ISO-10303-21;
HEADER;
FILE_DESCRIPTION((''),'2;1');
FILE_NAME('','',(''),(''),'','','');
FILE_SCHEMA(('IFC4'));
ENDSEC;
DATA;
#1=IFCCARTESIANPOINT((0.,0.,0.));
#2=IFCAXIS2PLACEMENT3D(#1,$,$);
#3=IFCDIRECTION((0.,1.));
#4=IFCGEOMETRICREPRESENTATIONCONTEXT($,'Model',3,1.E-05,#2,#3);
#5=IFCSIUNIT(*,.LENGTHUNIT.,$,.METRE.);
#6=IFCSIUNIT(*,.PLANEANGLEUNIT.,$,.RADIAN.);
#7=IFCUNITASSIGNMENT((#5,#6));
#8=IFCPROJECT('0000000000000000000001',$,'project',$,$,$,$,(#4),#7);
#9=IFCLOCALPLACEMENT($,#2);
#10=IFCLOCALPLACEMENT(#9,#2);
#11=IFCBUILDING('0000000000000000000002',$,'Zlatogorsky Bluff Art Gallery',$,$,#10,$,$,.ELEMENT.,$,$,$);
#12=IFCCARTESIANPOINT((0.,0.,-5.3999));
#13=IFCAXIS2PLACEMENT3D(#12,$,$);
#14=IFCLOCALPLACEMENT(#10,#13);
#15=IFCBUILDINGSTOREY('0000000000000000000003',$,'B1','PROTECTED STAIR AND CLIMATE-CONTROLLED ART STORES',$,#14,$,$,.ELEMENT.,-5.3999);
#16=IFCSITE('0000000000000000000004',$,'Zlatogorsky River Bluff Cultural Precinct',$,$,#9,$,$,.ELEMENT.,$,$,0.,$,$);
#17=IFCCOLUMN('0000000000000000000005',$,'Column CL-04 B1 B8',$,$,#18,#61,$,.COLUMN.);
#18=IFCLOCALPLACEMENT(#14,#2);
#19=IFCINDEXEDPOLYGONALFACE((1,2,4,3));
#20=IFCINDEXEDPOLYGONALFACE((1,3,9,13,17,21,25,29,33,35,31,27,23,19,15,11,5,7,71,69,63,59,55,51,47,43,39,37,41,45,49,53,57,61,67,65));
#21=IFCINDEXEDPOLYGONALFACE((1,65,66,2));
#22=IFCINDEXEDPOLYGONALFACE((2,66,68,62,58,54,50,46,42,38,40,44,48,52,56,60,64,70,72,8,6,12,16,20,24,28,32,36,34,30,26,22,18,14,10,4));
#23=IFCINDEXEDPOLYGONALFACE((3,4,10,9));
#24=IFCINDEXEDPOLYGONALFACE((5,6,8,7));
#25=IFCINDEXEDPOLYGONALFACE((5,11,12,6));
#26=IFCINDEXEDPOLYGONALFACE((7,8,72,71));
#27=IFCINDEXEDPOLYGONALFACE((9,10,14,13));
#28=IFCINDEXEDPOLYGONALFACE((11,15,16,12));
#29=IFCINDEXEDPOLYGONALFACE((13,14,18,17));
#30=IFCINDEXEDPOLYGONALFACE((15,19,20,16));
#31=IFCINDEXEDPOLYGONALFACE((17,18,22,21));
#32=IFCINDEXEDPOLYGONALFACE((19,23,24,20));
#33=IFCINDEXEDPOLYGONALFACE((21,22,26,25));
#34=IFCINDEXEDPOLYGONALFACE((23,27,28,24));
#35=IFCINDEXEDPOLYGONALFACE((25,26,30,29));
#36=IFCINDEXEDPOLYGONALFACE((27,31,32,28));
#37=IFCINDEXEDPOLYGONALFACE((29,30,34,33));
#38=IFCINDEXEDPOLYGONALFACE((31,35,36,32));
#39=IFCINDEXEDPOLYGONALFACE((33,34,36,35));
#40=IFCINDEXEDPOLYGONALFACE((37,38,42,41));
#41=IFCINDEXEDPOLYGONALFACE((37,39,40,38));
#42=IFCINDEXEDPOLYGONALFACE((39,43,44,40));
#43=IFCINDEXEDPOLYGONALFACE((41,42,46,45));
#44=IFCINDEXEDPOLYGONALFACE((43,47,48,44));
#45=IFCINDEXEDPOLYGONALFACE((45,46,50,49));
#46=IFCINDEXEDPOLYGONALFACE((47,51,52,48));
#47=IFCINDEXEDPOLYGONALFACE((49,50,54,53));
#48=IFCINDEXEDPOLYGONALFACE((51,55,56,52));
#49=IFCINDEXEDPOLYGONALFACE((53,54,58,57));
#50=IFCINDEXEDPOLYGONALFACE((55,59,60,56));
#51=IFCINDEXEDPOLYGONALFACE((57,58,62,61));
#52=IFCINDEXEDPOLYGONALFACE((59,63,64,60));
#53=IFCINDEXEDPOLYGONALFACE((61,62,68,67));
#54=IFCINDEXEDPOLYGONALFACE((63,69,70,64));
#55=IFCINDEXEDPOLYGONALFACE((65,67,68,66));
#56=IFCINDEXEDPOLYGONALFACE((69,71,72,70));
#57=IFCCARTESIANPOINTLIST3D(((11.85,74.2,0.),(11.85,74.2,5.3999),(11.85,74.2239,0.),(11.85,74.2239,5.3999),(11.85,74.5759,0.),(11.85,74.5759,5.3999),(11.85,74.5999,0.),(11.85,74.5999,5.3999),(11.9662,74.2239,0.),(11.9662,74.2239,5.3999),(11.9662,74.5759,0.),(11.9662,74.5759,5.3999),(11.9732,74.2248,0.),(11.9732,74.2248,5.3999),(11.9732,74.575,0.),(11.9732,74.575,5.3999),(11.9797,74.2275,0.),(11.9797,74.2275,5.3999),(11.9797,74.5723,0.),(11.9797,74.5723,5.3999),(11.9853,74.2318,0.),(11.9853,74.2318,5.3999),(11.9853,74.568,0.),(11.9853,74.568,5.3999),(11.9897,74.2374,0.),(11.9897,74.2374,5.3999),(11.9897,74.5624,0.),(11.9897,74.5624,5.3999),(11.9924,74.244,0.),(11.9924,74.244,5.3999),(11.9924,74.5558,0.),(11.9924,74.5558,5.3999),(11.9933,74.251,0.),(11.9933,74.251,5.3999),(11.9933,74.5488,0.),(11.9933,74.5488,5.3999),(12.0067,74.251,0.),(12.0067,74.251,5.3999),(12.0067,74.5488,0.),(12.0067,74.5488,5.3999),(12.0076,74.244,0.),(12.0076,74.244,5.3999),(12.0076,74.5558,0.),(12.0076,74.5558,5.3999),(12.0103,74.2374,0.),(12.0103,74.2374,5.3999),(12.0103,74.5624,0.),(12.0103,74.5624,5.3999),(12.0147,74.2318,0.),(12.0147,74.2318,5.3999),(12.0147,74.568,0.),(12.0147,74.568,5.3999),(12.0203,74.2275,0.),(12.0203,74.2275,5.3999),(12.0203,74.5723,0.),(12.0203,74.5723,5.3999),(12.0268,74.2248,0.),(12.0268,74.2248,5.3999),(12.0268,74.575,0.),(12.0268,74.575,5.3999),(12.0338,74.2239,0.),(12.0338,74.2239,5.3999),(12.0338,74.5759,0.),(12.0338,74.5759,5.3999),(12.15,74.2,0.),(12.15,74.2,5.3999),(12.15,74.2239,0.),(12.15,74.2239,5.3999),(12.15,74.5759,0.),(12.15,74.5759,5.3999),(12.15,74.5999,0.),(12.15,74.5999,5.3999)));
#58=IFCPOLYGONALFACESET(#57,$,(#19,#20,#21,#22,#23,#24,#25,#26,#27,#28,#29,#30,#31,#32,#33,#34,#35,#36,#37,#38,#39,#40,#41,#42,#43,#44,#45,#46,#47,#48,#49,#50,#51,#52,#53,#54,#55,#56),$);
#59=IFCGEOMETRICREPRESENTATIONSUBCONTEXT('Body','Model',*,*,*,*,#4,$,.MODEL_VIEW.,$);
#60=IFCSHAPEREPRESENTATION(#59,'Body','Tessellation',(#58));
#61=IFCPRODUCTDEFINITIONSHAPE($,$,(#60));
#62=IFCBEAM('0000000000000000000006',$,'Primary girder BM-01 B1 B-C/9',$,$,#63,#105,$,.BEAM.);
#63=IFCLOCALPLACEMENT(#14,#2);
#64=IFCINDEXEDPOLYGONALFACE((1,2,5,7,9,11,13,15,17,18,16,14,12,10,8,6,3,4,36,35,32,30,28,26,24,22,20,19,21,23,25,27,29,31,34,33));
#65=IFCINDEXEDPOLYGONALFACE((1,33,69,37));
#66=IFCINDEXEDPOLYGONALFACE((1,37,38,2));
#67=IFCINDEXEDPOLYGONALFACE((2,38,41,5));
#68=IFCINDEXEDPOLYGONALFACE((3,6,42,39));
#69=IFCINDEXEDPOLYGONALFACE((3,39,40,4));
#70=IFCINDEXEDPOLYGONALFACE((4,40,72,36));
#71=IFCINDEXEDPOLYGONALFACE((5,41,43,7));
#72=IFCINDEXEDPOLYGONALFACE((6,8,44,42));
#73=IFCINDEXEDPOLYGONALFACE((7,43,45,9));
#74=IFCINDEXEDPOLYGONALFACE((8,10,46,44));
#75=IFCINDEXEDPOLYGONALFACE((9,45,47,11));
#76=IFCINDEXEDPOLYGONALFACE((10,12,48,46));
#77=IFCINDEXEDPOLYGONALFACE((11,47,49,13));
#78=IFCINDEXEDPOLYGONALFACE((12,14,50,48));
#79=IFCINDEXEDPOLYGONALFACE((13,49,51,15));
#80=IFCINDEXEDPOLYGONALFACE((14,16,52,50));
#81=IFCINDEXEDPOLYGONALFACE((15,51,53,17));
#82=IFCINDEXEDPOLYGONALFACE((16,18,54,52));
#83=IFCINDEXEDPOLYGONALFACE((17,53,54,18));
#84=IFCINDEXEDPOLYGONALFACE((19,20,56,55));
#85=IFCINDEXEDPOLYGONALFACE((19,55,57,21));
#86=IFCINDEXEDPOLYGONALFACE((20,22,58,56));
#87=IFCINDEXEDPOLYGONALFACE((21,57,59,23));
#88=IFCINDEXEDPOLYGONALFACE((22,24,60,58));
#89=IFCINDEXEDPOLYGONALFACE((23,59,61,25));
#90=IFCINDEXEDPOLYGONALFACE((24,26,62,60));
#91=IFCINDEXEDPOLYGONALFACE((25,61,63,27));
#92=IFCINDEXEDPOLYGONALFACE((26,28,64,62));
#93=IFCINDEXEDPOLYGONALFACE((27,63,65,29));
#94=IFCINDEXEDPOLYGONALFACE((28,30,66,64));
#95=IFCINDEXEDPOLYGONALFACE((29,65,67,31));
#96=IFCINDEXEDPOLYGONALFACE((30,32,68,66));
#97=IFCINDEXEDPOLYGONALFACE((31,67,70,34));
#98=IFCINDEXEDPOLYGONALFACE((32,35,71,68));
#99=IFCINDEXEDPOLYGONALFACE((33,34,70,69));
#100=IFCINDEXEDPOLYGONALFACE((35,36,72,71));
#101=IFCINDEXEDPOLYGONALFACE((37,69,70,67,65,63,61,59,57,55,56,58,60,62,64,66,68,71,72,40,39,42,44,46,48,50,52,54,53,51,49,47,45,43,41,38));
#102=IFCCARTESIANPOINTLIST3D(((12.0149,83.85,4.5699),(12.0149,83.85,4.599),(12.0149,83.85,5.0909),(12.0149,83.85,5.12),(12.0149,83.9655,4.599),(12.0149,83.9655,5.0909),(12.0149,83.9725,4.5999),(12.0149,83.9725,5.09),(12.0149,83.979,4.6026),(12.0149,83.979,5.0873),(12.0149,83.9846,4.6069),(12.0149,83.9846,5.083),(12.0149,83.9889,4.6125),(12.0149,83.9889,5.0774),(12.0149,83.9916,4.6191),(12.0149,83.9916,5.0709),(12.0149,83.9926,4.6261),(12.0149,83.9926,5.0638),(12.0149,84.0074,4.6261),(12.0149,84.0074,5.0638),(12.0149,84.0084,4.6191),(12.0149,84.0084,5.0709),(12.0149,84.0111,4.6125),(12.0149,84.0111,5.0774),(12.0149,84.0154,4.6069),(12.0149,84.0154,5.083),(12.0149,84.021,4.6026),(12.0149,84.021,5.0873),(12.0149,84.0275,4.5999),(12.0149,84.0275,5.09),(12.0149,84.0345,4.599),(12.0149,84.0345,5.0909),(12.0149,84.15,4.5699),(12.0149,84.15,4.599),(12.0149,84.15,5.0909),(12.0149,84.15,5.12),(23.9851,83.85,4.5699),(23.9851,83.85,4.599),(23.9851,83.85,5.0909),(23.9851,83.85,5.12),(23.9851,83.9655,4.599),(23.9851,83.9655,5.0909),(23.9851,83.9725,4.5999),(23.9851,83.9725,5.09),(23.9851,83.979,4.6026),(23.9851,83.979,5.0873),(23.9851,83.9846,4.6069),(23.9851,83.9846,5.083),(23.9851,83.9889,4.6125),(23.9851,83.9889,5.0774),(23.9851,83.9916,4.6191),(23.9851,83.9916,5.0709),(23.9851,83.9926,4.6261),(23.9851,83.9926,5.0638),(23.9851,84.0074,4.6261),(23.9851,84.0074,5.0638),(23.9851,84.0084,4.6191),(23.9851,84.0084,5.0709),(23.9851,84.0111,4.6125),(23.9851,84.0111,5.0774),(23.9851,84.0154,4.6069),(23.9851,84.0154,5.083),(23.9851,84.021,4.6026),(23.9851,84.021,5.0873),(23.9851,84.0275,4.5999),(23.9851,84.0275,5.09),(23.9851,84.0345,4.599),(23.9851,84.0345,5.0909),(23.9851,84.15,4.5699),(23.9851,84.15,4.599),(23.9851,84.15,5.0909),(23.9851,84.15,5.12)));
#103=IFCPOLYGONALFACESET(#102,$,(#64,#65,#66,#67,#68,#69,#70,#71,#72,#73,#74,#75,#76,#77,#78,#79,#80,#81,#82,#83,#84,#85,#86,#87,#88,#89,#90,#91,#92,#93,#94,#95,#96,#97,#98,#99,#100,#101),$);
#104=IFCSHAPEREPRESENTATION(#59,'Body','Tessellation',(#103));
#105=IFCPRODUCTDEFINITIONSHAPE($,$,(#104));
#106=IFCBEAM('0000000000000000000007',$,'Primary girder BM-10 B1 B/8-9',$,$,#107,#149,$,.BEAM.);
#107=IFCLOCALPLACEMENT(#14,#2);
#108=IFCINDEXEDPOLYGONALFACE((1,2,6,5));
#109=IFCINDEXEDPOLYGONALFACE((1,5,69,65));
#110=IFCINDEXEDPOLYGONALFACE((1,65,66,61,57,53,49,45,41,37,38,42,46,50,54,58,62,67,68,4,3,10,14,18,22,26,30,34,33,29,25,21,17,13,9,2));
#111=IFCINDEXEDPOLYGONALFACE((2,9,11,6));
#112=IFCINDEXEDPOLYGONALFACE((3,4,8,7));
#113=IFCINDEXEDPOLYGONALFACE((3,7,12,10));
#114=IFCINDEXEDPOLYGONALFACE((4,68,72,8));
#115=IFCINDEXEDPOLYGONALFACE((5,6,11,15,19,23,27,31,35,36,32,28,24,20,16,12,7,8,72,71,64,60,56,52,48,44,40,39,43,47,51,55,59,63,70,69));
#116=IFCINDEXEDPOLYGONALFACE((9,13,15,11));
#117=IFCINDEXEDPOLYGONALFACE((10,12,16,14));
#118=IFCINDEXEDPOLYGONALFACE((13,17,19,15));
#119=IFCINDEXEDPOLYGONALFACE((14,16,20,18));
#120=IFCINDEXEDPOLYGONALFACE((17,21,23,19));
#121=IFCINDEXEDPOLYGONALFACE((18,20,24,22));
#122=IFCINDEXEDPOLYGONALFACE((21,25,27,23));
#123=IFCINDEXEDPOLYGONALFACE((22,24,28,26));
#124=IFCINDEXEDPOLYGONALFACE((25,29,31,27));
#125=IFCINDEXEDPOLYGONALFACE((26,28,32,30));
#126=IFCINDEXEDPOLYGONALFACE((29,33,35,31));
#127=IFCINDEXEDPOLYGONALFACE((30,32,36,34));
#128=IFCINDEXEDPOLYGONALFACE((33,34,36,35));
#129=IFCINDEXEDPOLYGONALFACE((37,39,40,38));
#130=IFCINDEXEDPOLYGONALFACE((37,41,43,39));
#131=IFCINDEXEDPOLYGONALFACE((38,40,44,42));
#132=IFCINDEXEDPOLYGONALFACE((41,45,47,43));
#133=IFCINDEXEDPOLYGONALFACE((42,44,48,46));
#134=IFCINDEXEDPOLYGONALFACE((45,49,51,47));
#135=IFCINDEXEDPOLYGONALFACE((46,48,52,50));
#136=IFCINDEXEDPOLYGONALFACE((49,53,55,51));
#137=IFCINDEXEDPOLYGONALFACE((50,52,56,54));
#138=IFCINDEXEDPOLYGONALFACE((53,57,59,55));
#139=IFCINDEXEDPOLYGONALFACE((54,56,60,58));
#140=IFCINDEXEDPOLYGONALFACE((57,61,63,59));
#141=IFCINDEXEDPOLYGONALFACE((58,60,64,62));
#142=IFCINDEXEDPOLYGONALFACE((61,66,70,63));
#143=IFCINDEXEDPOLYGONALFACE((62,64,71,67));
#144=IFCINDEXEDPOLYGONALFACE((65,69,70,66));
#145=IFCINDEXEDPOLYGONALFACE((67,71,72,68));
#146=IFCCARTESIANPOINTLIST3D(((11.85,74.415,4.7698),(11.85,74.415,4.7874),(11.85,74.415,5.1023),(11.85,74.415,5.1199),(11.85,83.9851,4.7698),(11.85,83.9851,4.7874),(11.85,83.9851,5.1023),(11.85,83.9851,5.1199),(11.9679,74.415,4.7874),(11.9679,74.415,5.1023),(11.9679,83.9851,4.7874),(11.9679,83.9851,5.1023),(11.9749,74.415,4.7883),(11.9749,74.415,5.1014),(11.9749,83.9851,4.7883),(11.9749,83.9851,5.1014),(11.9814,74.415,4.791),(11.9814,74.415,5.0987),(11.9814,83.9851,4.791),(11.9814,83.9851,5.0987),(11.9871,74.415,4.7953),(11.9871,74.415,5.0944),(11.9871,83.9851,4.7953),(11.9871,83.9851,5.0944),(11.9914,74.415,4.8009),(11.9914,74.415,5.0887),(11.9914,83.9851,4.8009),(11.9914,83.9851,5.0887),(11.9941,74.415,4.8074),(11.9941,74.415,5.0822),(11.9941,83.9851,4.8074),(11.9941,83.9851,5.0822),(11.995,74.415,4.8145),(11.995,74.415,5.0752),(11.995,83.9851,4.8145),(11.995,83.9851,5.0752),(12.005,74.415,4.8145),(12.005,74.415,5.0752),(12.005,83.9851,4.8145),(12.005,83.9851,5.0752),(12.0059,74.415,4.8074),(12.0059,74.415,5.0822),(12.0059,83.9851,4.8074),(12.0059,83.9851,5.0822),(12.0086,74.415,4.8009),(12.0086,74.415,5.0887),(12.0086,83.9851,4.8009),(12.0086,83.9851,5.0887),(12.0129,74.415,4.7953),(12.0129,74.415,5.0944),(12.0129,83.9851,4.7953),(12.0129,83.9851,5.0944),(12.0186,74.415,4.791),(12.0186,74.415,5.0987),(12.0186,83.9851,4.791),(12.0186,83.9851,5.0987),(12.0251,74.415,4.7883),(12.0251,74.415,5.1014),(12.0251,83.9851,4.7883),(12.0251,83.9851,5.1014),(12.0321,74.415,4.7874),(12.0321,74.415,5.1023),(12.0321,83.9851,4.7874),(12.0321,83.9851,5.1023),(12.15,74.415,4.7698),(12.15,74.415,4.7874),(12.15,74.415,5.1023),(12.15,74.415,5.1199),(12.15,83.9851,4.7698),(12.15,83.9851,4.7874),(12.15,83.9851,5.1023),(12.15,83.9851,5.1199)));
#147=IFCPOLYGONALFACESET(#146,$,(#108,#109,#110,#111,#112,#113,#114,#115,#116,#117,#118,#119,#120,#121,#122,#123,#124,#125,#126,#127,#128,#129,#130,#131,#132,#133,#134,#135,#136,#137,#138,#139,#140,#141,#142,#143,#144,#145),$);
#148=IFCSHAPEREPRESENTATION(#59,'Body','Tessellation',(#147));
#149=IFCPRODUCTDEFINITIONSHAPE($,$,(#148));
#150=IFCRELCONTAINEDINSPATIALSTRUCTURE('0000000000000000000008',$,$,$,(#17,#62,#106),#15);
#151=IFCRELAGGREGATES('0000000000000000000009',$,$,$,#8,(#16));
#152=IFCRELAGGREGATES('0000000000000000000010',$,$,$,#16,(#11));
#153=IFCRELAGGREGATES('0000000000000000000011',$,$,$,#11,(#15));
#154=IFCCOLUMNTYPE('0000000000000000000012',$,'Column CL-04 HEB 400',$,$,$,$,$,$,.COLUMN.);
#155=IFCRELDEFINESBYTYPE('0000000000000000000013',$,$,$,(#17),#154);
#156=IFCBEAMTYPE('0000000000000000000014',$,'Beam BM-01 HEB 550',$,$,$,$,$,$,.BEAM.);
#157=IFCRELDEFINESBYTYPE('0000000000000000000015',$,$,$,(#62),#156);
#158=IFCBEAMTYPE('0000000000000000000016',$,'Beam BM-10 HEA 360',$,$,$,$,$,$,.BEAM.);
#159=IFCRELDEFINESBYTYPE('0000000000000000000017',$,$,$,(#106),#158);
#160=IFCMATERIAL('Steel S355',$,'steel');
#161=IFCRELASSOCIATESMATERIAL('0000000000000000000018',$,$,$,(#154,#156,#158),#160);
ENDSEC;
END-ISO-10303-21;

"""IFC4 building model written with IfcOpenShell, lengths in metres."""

from ifc_helpers import new_model, si_unit, direction, frame, origin, origin_2d, place, context, subcontext, project, spatial, i_section, extrude, material, material_profile, profile_set, type_object, element, save


model = new_model("IFC4")

# Units and contexts
model_context = context("Model", 3, precision=1e-05, world=origin(), true_north=direction((0.0, 1.0)))
body_context = subcontext(model_context, "Body", "Model", "MODEL_VIEW")
ifc_project = project(units=[si_unit("LENGTHUNIT", "METRE"), si_unit("PLANEANGLEUNIT", "RADIAN")], contexts=[model_context])

# Site, building, storey
site_placement = place(None, origin())
site = spatial("IfcSite", under=ifc_project, at=site_placement, Name="Zlatogorsky River Bluff Cultural Precinct", CompositionType="ELEMENT", RefElevation=0.0)
building_placement = place(site_placement, origin())
building = spatial("IfcBuilding", under=site, at=building_placement, Name="Zlatogorsky Bluff Art Gallery", CompositionType="ELEMENT")
storey_placement = place(building_placement, frame((0.0, 0.0, -5.3999)))
storey = spatial("IfcBuildingStorey", under=building, at=storey_placement, Name="B1", Description="PROTECTED STAIR AND CLIMATE-CONTROLLED ART STORES", CompositionType="ELEMENT", Elevation=-5.3999)

# Column
ifc_material_1 = material(Name="Steel S355", Category="steel")
ifc_material_profile_1 = material_profile(ifc_material_1, i_section(OverallWidth=0.3, OverallDepth=0.3999, WebThickness=0.0134, FlangeThickness=0.0239, FilletRadius=0.0271, at=origin_2d()), Name="HEB 400")
ifc_profile_set_1 = profile_set([ifc_material_profile_1], Name="Steel S355")
column_type_1 = type_object("IfcColumnType", Name="Column CL-04 HEB 400", PredefinedType="COLUMN", material=ifc_profile_set_1)
column_1_placement = place(storey_placement, frame((12.0, 74.3999, 0.0), z_axis=(0.0, 0.0, 1.0), x_axis=(1.0, 0.0, 0.0)))
element("IfcColumn", 1, at=column_1_placement, inside=storey, type_object=column_type_1, Name="Column CL-04 B1 B8", PredefinedType="COLUMN", context=body_context, shape_type="SweptSolid", body=[
    extrude(i_section(OverallWidth=0.3, OverallDepth=0.3999, WebThickness=0.0134, FlangeThickness=0.0239, FilletRadius=0.0271, at=origin_2d()), origin(), (0.0, 0.0, 1.0), 5.3999),
])

# Beams
ifc_material_profile_2 = material_profile(ifc_material_1, i_section(OverallWidth=0.3, OverallDepth=0.55, WebThickness=0.0149, FlangeThickness=0.0291, FilletRadius=0.0271, at=origin_2d()), Name="HEB 550")
ifc_profile_set_2 = profile_set([ifc_material_profile_2], Name="Steel S355")
beam_type_1 = type_object("IfcBeamType", Name="Beam BM-01 HEB 550", PredefinedType="BEAM", material=ifc_profile_set_2)
beam_1_placement = place(storey_placement, frame((12.0149, 84.0, 4.845), z_axis=(1.0, 0.0, 0.0), x_axis=(0.0, 1.0, 0.0)))
element("IfcBeam", 2, at=beam_1_placement, inside=storey, type_object=beam_type_1, Name="Primary girder BM-01 B1 B-C/9", PredefinedType="BEAM", context=body_context, shape_type="SweptSolid", body=[
    extrude(i_section(OverallWidth=0.3, OverallDepth=0.55, WebThickness=0.0149, FlangeThickness=0.0291, FilletRadius=0.0271, at=origin_2d()), origin(), (0.0, 0.0, 1.0), 11.9702),
])
ifc_material_profile_3 = material_profile(ifc_material_1, i_section(OverallWidth=0.3, OverallDepth=0.3501, WebThickness=0.01, FlangeThickness=0.0176, FilletRadius=0.0271, at=origin_2d()), Name="HEA 360")
ifc_profile_set_3 = profile_set([ifc_material_profile_3], Name="Steel S355")
beam_type_2 = type_object("IfcBeamType", Name="Beam BM-10 HEA 360", PredefinedType="BEAM", material=ifc_profile_set_3)
beam_2_placement = place(storey_placement, frame((12.0, 74.415, 4.9448), z_axis=(0.0, 1.0, 0.0), x_axis=(-1.0, 0.0, 0.0)))
element("IfcBeam", 3, at=beam_2_placement, inside=storey, type_object=beam_type_2, Name="Primary girder BM-10 B1 B/8-9", PredefinedType="BEAM", context=body_context, shape_type="SweptSolid", body=[
    extrude(i_section(OverallWidth=0.3, OverallDepth=0.3501, WebThickness=0.01, FlangeThickness=0.0176, FilletRadius=0.0271, at=origin_2d()), origin(), (0.0, 0.0, 1.0), 9.5701),
])

save(model, "model.ifc")
